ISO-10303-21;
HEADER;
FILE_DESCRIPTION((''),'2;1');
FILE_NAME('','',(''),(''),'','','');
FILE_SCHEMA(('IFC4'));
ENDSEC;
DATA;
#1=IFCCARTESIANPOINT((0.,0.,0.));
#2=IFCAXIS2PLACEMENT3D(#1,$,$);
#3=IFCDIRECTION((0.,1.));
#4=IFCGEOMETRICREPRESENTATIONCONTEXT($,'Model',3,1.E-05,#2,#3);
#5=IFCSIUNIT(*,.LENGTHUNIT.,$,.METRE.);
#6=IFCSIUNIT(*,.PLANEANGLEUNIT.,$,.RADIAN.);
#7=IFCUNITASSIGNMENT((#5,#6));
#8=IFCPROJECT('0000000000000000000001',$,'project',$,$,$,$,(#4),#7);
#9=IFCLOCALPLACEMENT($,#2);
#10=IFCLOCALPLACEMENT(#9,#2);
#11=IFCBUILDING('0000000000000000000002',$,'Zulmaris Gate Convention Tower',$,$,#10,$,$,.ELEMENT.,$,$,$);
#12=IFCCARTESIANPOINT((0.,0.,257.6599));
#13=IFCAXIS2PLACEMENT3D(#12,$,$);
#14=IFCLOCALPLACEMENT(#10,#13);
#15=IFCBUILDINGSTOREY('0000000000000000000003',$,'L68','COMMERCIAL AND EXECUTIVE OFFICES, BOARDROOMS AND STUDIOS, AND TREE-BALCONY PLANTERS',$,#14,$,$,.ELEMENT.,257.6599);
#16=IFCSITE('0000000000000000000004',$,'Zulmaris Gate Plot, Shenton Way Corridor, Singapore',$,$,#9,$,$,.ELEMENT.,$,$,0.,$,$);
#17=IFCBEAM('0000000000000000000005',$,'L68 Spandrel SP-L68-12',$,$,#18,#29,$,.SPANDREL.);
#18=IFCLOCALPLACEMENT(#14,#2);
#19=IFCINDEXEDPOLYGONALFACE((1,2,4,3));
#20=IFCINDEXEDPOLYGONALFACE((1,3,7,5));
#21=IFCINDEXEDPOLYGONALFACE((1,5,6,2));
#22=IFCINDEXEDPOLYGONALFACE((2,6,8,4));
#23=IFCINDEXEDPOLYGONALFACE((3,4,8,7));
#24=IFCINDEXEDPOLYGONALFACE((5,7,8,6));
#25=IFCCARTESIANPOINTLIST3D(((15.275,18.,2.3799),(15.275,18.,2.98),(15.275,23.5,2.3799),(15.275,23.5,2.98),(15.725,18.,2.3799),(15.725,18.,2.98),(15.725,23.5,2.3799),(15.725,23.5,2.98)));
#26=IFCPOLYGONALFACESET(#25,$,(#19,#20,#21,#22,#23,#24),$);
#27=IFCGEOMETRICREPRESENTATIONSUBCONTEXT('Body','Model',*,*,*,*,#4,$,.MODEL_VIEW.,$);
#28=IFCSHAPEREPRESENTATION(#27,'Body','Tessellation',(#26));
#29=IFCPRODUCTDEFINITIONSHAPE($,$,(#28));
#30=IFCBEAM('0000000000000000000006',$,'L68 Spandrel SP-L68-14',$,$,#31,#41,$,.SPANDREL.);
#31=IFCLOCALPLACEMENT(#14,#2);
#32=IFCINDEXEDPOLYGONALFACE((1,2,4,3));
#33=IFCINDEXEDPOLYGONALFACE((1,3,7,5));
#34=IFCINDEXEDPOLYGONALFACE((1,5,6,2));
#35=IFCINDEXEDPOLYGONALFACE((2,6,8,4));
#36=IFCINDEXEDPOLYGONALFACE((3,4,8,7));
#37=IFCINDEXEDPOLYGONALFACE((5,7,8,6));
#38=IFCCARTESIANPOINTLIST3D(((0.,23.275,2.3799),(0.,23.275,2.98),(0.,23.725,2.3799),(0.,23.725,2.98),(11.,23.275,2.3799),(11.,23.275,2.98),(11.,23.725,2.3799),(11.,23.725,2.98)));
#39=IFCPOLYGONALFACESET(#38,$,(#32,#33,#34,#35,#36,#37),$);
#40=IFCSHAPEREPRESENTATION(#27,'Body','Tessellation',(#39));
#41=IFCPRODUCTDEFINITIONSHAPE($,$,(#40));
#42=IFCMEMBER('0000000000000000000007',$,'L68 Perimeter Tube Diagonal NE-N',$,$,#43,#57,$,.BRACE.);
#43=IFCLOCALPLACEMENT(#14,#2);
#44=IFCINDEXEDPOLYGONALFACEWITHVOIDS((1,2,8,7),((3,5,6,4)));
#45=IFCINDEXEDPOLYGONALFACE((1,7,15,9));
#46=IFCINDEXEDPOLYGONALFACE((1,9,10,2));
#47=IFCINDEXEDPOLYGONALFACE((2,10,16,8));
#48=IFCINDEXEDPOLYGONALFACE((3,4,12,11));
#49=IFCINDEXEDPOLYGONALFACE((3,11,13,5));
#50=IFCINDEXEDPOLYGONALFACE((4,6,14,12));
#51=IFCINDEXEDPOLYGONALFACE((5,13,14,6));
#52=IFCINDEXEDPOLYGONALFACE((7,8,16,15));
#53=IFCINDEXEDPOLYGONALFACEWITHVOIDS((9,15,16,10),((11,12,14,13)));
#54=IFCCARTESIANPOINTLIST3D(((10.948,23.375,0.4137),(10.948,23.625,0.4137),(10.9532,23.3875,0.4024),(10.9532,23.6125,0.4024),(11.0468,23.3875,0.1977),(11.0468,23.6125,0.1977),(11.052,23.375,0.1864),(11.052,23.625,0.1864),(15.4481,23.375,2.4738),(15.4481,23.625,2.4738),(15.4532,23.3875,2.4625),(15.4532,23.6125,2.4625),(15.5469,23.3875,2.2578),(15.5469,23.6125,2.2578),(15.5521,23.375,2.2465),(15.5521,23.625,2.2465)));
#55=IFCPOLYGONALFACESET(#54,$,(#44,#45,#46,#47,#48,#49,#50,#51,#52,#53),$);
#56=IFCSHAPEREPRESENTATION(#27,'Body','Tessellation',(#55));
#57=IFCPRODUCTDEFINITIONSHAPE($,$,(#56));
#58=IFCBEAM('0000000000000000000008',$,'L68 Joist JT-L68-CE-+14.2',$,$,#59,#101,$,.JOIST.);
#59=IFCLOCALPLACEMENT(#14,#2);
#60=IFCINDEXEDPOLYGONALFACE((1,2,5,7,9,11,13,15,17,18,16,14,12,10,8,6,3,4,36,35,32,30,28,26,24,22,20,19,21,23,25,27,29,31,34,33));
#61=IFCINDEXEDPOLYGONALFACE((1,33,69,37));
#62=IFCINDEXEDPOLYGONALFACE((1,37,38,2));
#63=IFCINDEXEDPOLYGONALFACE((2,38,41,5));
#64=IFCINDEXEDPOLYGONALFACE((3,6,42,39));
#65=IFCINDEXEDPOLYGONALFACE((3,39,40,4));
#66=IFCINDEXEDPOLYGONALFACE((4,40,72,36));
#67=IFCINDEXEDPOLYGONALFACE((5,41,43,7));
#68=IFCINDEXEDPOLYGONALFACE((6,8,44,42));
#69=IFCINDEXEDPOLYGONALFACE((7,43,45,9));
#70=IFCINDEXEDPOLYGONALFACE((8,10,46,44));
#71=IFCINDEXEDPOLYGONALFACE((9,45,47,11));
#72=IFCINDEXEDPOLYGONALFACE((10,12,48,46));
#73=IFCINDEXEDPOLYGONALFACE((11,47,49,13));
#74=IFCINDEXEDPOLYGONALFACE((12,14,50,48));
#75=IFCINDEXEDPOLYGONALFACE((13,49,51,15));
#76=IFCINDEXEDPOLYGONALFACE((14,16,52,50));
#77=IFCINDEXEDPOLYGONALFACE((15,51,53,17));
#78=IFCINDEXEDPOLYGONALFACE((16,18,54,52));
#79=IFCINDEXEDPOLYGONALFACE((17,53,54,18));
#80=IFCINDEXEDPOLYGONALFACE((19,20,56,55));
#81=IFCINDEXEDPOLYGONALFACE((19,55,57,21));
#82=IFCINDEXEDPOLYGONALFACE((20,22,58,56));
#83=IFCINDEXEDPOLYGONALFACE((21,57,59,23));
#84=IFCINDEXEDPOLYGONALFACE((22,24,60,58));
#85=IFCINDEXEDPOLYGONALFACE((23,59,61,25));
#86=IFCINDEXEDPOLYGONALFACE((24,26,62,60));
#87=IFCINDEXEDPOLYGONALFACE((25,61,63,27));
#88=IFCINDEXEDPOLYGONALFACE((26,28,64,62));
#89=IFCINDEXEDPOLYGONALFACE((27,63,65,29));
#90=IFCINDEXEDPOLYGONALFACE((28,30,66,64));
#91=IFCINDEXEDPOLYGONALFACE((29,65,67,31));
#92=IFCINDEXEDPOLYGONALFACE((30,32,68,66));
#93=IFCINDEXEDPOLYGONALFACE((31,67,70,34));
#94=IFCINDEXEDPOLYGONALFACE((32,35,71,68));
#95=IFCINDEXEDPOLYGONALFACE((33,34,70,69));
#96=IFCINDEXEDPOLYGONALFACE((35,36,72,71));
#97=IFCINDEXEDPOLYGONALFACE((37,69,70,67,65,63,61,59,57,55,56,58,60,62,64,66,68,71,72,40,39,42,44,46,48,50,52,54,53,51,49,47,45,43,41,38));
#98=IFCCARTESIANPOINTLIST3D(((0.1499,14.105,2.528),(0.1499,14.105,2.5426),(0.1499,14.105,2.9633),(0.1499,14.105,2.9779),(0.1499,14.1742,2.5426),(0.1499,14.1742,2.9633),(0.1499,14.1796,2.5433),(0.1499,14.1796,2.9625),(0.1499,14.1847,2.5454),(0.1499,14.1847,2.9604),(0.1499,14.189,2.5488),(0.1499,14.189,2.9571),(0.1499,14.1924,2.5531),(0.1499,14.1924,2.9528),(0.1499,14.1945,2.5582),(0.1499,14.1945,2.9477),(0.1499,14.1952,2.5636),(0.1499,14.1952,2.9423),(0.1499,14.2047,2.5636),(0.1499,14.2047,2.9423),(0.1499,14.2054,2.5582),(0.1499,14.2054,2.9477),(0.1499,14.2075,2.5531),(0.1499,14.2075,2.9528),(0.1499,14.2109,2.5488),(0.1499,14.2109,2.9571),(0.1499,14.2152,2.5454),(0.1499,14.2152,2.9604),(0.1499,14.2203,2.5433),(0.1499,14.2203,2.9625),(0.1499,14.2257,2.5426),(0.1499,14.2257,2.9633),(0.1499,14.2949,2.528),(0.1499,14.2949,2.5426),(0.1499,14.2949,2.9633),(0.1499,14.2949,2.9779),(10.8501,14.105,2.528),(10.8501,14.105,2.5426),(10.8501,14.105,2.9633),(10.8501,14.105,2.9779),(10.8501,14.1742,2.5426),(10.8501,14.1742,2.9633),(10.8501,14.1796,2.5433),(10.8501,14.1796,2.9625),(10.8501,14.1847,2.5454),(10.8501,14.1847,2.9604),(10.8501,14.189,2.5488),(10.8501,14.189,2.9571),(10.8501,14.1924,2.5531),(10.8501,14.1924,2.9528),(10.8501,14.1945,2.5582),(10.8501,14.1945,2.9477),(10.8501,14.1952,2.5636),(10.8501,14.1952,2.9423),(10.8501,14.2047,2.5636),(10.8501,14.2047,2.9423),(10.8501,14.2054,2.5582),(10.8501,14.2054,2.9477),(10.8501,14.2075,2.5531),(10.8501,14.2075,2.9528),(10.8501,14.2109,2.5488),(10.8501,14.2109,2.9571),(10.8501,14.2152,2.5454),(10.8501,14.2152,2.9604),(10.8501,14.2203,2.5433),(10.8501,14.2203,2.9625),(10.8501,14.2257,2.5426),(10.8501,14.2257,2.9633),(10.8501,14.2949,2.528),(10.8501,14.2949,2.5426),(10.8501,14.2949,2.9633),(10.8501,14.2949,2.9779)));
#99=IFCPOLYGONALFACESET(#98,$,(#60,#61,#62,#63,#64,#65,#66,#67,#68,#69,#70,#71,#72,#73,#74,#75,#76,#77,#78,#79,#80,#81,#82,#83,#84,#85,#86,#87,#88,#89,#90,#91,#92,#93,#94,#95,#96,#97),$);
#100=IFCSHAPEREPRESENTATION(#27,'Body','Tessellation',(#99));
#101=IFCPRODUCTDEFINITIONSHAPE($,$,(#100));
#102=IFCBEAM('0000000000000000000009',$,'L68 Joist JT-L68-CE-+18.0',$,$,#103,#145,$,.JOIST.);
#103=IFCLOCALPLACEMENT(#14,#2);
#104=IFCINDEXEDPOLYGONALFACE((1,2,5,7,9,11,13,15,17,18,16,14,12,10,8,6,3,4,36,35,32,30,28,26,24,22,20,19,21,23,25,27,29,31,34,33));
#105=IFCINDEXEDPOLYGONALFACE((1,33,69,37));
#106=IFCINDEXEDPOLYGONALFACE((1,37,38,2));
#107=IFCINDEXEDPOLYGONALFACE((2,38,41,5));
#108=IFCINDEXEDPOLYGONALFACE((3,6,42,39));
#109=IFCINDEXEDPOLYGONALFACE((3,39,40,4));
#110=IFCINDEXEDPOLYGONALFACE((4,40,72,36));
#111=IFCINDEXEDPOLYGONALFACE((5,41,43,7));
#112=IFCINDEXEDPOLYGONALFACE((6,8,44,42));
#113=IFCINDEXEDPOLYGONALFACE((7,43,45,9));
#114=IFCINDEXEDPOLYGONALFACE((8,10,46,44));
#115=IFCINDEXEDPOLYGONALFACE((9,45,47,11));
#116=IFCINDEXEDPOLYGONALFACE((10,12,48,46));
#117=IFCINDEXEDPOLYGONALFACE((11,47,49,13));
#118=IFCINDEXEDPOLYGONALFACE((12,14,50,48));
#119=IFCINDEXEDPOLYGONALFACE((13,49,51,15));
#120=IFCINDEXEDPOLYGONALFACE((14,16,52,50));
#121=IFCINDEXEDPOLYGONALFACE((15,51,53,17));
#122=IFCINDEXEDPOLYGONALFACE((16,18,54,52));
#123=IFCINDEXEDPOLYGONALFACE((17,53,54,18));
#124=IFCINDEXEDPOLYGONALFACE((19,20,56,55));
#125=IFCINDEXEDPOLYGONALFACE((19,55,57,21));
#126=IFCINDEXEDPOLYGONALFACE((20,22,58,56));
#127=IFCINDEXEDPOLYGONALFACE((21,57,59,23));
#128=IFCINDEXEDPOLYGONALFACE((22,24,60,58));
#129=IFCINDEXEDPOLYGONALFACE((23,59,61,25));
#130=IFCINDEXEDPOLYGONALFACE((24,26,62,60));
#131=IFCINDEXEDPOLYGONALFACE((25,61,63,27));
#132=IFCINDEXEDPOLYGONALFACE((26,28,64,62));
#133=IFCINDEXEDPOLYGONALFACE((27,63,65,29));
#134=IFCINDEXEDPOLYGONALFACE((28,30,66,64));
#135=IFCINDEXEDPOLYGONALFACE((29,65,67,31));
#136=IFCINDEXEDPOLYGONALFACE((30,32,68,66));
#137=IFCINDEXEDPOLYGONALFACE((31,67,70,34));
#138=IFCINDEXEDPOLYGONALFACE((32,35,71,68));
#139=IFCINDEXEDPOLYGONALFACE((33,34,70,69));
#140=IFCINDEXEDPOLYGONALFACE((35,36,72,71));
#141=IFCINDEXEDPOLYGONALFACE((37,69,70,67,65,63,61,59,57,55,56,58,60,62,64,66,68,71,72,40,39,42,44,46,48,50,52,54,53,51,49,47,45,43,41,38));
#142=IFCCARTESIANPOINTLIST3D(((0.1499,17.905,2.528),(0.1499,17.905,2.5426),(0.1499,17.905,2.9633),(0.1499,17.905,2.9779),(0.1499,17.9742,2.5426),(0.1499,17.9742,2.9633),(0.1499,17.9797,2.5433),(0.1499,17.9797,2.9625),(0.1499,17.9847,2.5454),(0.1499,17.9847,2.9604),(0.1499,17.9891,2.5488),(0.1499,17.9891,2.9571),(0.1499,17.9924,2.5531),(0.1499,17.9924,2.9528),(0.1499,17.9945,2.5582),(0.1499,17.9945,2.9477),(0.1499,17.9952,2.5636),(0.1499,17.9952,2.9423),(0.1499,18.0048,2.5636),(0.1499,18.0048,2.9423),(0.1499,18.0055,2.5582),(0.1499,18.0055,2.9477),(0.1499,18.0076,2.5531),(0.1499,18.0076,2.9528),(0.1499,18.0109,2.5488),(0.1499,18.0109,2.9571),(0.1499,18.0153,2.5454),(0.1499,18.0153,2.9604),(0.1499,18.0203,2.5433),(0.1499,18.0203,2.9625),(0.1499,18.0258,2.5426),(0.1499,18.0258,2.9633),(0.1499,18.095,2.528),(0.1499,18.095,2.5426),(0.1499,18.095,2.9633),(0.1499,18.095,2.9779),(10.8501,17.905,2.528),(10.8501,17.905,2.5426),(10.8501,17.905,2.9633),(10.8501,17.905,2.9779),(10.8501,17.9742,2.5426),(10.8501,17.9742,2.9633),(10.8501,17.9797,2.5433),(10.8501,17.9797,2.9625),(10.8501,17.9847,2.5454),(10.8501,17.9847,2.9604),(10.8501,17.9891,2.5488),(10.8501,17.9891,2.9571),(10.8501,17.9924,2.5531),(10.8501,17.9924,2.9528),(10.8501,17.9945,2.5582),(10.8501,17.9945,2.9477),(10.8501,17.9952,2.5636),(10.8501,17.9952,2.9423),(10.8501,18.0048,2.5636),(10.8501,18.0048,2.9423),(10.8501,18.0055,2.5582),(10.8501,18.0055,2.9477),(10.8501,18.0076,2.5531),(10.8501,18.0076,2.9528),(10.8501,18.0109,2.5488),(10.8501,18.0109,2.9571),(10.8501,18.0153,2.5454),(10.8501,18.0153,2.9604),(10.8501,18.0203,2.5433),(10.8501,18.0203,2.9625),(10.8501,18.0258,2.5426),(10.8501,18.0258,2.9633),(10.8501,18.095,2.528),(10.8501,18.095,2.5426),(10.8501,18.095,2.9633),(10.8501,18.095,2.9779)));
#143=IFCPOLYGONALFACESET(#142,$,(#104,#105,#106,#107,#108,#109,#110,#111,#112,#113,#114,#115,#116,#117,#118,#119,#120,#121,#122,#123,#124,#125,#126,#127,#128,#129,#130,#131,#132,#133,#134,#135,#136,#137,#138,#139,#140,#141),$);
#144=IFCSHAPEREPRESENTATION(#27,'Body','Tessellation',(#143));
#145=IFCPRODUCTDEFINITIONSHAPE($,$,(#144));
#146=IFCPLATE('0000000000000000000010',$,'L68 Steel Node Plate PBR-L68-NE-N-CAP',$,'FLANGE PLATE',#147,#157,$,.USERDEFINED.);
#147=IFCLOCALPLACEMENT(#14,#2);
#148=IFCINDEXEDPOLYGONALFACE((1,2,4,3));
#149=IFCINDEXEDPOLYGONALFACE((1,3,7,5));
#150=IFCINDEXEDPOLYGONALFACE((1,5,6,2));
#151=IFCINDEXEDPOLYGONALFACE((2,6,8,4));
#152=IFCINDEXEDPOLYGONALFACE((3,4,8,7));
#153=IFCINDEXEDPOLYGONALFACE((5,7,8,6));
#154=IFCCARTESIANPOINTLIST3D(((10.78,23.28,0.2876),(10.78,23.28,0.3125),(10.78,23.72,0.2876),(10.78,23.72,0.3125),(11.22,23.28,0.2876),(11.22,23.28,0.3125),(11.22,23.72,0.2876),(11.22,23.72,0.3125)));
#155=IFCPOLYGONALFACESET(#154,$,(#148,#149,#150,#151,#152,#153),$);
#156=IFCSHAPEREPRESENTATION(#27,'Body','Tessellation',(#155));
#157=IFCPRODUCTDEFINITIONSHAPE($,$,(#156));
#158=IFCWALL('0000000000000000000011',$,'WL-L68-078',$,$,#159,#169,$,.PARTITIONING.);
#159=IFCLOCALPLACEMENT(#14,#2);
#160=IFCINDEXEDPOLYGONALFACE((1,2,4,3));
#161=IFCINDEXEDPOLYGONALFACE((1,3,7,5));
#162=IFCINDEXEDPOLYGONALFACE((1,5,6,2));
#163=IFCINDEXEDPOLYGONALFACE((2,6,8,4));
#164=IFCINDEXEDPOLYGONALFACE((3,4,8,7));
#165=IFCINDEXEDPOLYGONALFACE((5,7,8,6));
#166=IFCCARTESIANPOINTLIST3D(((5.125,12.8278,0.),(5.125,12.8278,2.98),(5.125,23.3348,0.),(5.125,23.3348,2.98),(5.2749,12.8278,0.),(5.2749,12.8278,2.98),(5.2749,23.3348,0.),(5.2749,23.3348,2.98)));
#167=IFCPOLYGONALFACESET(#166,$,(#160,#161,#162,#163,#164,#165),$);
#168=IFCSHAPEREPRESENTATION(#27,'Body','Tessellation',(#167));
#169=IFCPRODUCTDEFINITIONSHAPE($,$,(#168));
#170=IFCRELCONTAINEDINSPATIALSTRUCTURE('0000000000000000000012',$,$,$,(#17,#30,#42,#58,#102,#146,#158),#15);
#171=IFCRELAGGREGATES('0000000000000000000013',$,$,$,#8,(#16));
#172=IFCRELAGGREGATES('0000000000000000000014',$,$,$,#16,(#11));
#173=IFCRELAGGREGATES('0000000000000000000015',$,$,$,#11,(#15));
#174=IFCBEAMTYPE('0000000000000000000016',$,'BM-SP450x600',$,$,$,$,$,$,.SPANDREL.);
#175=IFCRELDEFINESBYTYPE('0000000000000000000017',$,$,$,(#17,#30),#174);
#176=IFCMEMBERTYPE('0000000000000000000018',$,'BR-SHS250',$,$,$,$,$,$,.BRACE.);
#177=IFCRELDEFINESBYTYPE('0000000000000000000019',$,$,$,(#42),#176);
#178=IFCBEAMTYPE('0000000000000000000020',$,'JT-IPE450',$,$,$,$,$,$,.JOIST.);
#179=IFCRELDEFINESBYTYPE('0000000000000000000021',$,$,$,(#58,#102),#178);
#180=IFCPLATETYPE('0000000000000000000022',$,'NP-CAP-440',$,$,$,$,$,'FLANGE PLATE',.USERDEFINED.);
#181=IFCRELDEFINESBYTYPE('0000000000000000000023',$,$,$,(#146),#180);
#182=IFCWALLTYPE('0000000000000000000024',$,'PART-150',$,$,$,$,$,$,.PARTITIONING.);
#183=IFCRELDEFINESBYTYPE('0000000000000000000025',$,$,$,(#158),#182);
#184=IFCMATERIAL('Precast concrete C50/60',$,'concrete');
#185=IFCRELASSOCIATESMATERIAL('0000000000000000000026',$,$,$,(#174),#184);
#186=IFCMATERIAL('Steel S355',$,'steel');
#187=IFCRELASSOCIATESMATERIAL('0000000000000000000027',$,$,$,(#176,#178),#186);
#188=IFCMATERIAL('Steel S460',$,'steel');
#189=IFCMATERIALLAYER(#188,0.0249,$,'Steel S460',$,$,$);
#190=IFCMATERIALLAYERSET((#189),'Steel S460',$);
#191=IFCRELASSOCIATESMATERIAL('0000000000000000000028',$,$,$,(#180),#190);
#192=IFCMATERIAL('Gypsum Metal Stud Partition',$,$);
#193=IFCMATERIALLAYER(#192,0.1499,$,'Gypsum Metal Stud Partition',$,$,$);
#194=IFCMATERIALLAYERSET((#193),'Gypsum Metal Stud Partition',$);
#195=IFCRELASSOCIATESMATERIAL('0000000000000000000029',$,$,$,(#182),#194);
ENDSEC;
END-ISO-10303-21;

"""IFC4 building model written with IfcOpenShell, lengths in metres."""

from ifc_helpers import new_model, si_unit, direction, frame, frame_2d, origin, origin_2d, place, context, subcontext, project, spatial, rectangle, hollow_rectangle, i_section, extrude, material, layer, layer_set, material_profile, profile_set, type_object, element, save


model = new_model("IFC4")

# Units and contexts
model_context = context("Model", 3, precision=1e-05, world=origin(), true_north=direction((0.0, 1.0)))
body_context = subcontext(model_context, "Body", "Model", "MODEL_VIEW")
ifc_project = project(units=[si_unit("LENGTHUNIT", "METRE"), si_unit("PLANEANGLEUNIT", "RADIAN")], contexts=[model_context])

# Site, building, storey
site_placement = place(None, origin())
site = spatial("IfcSite", under=ifc_project, at=site_placement, Name="Zulmaris Gate Plot, Shenton Way Corridor, Singapore", CompositionType="ELEMENT", RefElevation=0.0)
building_placement = place(site_placement, origin())
building = spatial("IfcBuilding", under=site, at=building_placement, Name="Zulmaris Gate Convention Tower", CompositionType="ELEMENT")
storey_placement = place(building_placement, frame((0.0, 0.0, 257.6599)))
storey = spatial("IfcBuildingStorey", under=building, at=storey_placement, Name="L68", Description="COMMERCIAL AND EXECUTIVE OFFICES, BOARDROOMS AND STUDIOS, AND TREE-BALCONY PLANTERS", CompositionType="ELEMENT", Elevation=257.6599)

# Beams
ifc_material_1 = material(Name="Steel S355", Category="steel")
ifc_material_2 = material(Name="Precast concrete C50/60", Category="concrete")
ifc_material_profile_1 = material_profile(ifc_material_2, rectangle(XDim=0.45, YDim=0.6001, at=origin_2d()), Name="RC SPANDREL 450x600")
ifc_profile_set_1 = profile_set([ifc_material_profile_1], Name="Precast concrete C50/60")
beam_type_1 = type_object("IfcBeamType", Name="BM-SP450x600", PredefinedType="SPANDREL", material=ifc_profile_set_1)
beam_1_placement = place(storey_placement, frame((15.5, 18.0, 2.6799), z_axis=(0.0, 1.0, 0.0), x_axis=(-1.0, 0.0, 0.0)))
element("IfcBeam", 1, at=beam_1_placement, inside=storey, type_object=beam_type_1, Name="L68 Spandrel SP-L68-12", PredefinedType="SPANDREL", context=body_context, shape_type="SweptSolid", body=[
    extrude(rectangle(XDim=0.45, YDim=0.6001, at=origin_2d()), origin(), (0.0, 0.0, 1.0), 5.5),
])
beam_2_placement = place(storey_placement, frame((11.0, 23.5, 2.6799), z_axis=(-1.0, 0.0, 0.0), x_axis=(0.0, -1.0, 0.0)))
element("IfcBeam", 2, at=beam_2_placement, inside=storey, type_object=beam_type_1, Name="L68 Spandrel SP-L68-14", PredefinedType="SPANDREL", context=body_context, shape_type="SweptSolid", body=[
    extrude(rectangle(XDim=0.45, YDim=0.6001, at=origin_2d()), origin(), (0.0, 0.0, 1.0), 11.0),
])

# Member
ifc_material_profile_2 = material_profile(ifc_material_1, hollow_rectangle(XDim=0.25, YDim=0.25, WallThickness=0.0125, at=origin_2d()), Name="SHS 250x250x12.5")
ifc_profile_set_2 = profile_set([ifc_material_profile_2], Name="Steel S355")
member_type = type_object("IfcMemberType", Name="BR-SHS250", PredefinedType="BRACE", material=ifc_profile_set_2)
member_placement = place(storey_placement, frame((11.0, 23.5, 0.3), z_axis=(0.909252, 0.0, 0.416247), x_axis=(0.0, 1.0, 0.0)))
element("IfcMember", 3, at=member_placement, inside=storey, type_object=member_type, Name="L68 Perimeter Tube Diagonal NE-N", PredefinedType="BRACE", context=body_context, shape_type="SweptSolid", body=[
    extrude(hollow_rectangle(XDim=0.25, YDim=0.25, WallThickness=0.0125, at=origin_2d()), origin(), (0.0, 0.0, 1.0), 4.9492),
])

# Beams
ifc_material_profile_3 = material_profile(ifc_material_1, i_section(OverallWidth=0.1899, OverallDepth=0.45, WebThickness=0.0095, FlangeThickness=0.0146, FilletRadius=0.021, at=origin_2d()), Name="IPE 450")
ifc_profile_set_3 = profile_set([ifc_material_profile_3], Name="Steel S355")
beam_type_2 = type_object("IfcBeamType", Name="JT-IPE450", PredefinedType="JOIST", material=ifc_profile_set_3)
for number, where, z_axis, x_axis, name in (
    (4, (0.1499, 14.2, 2.7529), (1.0, 0.0, 0.0), (0.0, 1.0, 0.0), "L68 Joist JT-L68-CE-+14.2"),
    (5, (0.1499, 18.0, 2.7529), (1.0, 0.0, 0.0), (0.0, 1.0, 0.0), "L68 Joist JT-L68-CE-+18.0"),
):
    element("IfcBeam", number, at=place(storey_placement, frame(where, z_axis=z_axis, x_axis=x_axis)), inside=storey, type_object=beam_type_2, Name=name, PredefinedType="JOIST", context=body_context, shape_type="SweptSolid", body=[
        extrude(i_section(OverallWidth=0.1899, OverallDepth=0.45, WebThickness=0.0095, FlangeThickness=0.0146, FilletRadius=0.021, at=origin_2d()), origin(), (0.0, 0.0, 1.0), 10.7002),
    ])

# Plate
ifc_material_3 = material(Name="Steel S460", Category="steel")
ifc_layer_1 = layer(ifc_material_3, 0.0249, Name="Steel S460")
ifc_layer_set_1 = layer_set([ifc_layer_1], Name="Steel S460")
plate_type = type_object("IfcPlateType", Name="NP-CAP-440", ElementType="FLANGE PLATE", PredefinedType="USERDEFINED", material=ifc_layer_set_1)
plate_placement = place(storey_placement, frame((11.0, 23.5, 0.2876), z_axis=(0.0, 0.0, 1.0), x_axis=(1.0, 0.0, 0.0)))
element("IfcPlate", 6, at=plate_placement, inside=storey, type_object=plate_type, Name="L68 Steel Node Plate PBR-L68-NE-N-CAP", ObjectType="FLANGE PLATE", PredefinedType="USERDEFINED", context=body_context, shape_type="SweptSolid", body=[
    extrude(rectangle(XDim=0.4399, YDim=0.4399, at=origin_2d()), origin(), (0.0, 0.0, 1.0), 0.0249),
])

# Wall
ifc_material_4 = material(Name="Gypsum Metal Stud Partition")
ifc_layer_2 = layer(ifc_material_4, 0.1499, Name="Gypsum Metal Stud Partition")
ifc_layer_set_2 = layer_set([ifc_layer_2], Name="Gypsum Metal Stud Partition")
wall_type_1 = type_object("IfcWallType", Name="PART-150", PredefinedType="PARTITIONING", material=ifc_layer_set_2)
wall_1_placement = place(storey_placement, frame((5.2, 12.8279, 0.0), z_axis=(0.0, 0.0, 1.0), x_axis=(0.0, 1.0, 0.0)))
element("IfcWall", 7, at=wall_1_placement, inside=storey, type_object=wall_type_1, Name="WL-L68-078", PredefinedType="PARTITIONING", context=body_context, shape_type="SweptSolid", body=[
    extrude(rectangle(XDim=10.5071, YDim=0.1499, at=frame_2d((5.2534, 0.0))), origin(), (0.0, 0.0, 1.0), 2.98),
])

save(model, "model.ifc")
